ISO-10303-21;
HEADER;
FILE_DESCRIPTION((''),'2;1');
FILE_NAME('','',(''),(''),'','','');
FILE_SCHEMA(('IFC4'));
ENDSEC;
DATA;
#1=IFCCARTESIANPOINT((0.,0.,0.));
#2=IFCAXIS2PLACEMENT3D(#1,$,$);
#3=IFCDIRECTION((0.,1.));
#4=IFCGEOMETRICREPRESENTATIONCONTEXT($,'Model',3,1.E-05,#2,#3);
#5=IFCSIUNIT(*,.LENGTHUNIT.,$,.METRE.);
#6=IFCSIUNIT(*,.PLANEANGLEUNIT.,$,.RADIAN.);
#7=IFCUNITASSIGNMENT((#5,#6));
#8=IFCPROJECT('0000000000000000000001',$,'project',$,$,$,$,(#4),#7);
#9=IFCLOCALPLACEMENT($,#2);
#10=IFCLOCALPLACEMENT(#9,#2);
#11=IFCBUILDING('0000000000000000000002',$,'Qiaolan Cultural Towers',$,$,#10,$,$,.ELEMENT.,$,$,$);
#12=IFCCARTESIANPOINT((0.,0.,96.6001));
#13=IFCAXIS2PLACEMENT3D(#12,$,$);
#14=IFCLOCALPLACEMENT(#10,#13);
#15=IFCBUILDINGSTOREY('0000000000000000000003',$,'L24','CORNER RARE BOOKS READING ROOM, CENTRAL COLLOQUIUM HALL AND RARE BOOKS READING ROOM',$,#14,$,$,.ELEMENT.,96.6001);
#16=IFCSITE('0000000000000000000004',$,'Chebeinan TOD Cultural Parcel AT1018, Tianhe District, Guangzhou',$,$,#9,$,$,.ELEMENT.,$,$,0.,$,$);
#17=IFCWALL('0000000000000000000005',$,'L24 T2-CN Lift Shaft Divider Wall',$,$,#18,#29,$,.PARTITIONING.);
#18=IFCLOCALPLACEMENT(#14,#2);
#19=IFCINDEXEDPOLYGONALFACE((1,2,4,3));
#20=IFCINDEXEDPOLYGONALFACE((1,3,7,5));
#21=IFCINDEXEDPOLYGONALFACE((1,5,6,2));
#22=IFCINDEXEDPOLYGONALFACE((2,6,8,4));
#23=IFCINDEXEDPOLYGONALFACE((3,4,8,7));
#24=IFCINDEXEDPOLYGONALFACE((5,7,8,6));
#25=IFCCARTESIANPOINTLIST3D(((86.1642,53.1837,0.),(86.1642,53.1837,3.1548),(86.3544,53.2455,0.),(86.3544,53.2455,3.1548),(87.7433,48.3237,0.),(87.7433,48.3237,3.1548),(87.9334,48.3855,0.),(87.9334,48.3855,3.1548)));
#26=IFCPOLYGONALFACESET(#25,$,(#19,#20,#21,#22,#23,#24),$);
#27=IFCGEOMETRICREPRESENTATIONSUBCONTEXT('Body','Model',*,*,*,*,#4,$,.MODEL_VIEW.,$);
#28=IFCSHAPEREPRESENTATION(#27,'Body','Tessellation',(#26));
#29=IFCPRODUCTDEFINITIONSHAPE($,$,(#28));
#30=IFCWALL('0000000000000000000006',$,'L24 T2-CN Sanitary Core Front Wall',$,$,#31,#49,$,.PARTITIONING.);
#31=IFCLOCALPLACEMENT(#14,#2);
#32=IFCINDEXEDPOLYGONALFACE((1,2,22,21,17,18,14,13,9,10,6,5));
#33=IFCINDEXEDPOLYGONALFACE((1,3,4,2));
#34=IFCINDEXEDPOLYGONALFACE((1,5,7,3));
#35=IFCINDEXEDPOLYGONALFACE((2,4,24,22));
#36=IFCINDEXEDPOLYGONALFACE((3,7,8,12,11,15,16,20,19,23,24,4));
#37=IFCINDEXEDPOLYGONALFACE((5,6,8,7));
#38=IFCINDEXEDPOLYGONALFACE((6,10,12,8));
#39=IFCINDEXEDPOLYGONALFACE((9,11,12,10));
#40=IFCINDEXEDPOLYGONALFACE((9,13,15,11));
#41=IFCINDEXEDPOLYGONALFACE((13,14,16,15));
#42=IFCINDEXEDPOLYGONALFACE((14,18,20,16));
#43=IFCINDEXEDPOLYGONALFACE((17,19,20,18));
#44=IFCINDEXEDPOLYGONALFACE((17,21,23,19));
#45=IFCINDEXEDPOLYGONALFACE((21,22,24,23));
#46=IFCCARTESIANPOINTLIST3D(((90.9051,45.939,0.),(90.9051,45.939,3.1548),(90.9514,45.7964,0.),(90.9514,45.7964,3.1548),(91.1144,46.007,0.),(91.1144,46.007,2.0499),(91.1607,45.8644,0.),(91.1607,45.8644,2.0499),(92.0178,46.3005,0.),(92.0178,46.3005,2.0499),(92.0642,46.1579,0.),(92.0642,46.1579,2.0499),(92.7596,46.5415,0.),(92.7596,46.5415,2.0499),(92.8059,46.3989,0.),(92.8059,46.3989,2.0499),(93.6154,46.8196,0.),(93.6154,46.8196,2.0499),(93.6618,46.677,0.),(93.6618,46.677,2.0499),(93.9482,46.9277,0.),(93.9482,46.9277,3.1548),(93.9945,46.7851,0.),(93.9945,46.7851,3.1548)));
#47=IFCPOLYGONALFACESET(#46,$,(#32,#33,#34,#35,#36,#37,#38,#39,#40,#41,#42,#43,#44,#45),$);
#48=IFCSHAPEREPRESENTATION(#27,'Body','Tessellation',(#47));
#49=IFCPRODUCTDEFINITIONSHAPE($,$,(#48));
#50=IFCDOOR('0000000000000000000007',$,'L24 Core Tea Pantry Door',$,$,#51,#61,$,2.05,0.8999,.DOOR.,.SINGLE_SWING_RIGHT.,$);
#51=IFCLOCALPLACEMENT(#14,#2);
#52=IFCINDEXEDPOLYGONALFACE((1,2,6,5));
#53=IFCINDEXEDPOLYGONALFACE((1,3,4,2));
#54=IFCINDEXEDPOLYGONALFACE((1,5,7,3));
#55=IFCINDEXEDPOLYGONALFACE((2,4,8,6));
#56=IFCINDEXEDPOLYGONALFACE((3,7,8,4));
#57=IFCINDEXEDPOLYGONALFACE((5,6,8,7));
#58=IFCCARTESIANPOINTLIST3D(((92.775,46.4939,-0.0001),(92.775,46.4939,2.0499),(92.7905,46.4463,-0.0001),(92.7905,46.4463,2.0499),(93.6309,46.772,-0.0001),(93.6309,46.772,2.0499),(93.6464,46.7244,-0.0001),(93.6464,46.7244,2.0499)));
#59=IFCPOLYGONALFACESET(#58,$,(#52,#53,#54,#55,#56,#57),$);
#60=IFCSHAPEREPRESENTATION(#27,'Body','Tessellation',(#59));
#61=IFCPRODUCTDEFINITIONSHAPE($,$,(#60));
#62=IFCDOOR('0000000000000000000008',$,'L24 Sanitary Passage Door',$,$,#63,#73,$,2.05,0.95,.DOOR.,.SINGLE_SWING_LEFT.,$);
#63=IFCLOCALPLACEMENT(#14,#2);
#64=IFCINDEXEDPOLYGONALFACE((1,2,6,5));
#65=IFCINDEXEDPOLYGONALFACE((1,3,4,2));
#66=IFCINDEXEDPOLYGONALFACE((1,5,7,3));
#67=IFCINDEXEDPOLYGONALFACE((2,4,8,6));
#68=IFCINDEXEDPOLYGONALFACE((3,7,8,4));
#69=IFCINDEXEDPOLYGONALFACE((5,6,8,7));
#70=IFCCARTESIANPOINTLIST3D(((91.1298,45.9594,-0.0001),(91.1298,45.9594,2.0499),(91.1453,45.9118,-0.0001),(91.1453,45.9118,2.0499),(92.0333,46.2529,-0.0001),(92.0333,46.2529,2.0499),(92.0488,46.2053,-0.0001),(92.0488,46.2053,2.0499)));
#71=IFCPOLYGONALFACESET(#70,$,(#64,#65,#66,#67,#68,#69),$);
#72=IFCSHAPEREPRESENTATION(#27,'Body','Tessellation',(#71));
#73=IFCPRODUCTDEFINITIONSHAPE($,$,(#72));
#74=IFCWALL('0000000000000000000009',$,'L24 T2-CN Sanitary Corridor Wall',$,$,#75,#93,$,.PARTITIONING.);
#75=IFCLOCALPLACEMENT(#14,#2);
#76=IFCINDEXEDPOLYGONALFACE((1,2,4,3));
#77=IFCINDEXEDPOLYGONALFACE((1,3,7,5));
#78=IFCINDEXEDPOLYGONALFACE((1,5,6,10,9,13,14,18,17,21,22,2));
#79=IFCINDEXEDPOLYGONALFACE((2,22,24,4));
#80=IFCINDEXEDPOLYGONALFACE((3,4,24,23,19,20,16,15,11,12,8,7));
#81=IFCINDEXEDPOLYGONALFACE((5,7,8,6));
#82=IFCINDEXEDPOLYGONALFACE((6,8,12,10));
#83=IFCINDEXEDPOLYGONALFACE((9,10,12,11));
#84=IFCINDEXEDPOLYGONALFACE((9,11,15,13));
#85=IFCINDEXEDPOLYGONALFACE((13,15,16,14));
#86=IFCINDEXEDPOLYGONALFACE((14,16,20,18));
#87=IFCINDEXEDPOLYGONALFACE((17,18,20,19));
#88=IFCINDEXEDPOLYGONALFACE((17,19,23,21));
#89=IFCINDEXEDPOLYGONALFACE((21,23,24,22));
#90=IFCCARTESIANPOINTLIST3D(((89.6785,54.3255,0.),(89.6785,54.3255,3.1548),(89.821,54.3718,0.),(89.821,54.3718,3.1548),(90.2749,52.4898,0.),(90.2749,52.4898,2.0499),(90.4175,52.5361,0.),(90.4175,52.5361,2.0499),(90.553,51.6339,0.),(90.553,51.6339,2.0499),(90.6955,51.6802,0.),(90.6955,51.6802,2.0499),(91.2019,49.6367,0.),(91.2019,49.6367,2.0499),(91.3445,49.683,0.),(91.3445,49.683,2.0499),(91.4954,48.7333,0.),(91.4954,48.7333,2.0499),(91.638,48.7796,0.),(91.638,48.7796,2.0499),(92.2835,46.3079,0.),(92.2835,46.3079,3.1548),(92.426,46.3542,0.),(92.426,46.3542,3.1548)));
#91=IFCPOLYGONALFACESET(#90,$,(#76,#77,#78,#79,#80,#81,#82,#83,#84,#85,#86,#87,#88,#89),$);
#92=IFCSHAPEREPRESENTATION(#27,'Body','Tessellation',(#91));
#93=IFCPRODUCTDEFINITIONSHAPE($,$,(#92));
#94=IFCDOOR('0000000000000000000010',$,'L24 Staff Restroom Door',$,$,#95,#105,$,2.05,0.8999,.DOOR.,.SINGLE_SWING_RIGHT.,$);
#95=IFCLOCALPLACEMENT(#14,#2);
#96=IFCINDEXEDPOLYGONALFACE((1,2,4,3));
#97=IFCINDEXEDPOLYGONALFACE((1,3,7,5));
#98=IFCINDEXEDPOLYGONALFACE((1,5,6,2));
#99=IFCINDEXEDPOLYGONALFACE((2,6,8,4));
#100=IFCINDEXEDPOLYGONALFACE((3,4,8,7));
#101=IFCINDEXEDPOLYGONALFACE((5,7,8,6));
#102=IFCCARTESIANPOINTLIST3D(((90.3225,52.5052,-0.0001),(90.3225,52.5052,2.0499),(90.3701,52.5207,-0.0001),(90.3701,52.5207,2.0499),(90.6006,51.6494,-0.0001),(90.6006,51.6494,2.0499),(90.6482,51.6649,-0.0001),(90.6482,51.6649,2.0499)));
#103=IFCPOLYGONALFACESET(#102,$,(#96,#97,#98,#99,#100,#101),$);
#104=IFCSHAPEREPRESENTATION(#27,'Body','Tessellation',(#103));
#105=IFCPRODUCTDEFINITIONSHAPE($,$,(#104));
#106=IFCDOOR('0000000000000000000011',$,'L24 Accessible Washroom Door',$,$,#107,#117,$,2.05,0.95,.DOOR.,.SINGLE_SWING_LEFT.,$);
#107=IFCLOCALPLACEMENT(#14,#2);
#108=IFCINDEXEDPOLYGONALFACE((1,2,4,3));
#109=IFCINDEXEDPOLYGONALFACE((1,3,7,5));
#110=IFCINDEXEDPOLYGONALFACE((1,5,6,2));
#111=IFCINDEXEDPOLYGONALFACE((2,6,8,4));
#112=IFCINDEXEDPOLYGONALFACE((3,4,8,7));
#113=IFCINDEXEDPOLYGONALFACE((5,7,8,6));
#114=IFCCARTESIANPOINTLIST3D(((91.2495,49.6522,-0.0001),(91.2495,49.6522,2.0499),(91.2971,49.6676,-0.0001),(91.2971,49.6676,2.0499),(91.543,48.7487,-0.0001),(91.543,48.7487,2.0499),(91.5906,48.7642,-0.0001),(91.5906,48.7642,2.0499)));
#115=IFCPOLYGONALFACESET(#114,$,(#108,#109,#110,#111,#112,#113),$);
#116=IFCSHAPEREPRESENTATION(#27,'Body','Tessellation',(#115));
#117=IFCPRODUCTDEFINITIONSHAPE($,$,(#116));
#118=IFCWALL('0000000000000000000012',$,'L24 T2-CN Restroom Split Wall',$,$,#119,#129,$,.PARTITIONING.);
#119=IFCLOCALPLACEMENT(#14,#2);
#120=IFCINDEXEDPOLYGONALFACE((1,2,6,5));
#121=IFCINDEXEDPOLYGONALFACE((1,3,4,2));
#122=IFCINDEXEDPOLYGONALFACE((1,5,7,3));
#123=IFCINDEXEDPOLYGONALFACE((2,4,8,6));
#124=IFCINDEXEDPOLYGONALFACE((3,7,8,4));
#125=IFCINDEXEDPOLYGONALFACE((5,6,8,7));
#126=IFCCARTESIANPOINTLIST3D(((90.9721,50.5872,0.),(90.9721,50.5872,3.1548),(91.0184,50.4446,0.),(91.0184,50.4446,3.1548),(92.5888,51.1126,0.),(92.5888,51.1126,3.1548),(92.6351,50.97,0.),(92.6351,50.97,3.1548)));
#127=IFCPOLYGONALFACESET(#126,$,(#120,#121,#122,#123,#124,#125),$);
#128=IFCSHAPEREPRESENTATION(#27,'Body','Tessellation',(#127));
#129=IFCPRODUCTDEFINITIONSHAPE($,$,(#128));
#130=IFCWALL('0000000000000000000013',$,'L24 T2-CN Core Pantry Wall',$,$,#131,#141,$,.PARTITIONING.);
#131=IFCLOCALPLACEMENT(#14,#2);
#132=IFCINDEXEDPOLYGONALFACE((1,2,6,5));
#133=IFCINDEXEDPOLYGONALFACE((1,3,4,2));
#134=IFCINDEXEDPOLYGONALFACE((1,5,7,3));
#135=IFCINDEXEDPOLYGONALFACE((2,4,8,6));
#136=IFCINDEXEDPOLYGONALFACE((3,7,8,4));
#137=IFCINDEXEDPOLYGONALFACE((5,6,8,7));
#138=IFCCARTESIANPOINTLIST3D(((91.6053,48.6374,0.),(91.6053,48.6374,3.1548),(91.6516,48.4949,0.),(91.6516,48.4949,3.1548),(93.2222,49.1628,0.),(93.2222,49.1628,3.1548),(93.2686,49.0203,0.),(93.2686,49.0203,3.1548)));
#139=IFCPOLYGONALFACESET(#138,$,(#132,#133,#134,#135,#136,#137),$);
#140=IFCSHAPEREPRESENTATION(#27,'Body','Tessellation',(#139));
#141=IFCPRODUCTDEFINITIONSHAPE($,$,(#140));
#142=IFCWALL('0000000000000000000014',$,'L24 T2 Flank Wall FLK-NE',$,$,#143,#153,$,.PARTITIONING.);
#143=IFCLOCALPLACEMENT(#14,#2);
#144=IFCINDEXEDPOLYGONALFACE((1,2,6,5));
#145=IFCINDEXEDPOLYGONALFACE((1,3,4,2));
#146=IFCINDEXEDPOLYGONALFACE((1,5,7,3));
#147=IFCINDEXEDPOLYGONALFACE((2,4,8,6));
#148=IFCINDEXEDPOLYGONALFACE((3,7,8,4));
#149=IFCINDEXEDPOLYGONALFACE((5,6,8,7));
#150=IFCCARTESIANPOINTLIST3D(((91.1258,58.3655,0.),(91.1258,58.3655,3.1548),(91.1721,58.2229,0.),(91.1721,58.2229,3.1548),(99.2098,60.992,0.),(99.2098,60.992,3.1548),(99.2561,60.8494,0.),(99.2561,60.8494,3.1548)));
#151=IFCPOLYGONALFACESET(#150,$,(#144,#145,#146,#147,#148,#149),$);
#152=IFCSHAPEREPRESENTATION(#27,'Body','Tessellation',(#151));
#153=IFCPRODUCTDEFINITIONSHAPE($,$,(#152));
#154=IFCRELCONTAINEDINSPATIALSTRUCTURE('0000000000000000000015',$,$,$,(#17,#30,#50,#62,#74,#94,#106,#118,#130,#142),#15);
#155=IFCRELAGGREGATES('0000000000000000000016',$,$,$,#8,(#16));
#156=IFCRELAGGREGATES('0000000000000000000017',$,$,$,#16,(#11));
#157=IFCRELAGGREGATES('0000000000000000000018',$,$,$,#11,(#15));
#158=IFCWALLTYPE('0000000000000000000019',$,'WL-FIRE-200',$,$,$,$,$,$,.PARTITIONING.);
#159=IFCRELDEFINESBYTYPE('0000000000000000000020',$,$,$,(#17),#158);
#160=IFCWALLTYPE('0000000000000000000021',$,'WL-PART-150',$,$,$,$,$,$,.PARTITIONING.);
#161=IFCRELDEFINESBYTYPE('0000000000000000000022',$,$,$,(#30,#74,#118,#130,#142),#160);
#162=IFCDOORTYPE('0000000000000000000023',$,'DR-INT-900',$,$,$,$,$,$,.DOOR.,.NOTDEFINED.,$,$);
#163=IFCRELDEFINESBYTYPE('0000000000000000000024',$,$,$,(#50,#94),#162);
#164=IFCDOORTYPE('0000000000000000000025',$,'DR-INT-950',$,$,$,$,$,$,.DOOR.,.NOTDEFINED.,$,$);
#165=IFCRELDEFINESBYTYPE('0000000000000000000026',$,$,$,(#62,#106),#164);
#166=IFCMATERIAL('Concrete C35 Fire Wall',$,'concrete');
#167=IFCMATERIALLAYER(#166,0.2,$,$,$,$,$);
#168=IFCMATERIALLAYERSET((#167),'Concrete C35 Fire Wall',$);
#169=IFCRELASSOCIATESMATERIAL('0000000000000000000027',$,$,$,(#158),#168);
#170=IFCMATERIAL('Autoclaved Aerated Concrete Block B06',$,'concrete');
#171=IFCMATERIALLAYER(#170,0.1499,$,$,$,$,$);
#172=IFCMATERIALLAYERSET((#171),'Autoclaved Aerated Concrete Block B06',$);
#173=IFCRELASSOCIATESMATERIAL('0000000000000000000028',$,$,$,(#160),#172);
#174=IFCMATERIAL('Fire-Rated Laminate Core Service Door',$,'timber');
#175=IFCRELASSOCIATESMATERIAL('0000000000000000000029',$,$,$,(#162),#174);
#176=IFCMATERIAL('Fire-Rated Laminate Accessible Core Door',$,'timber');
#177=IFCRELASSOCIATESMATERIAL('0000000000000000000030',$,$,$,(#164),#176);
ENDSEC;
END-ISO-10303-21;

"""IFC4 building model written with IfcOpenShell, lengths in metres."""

from ifc_helpers import new_model, si_unit, direction, frame, frame_2d, origin, place, context, subcontext, project, spatial, rectangle, extrude, material, layer, layer_set, type_object, element, fill, save


model = new_model("IFC4")

# Units and contexts
model_context = context("Model", 3, precision=1e-05, world=origin(), true_north=direction((0.0, 1.0)))
body_context = subcontext(model_context, "Body", "Model", "MODEL_VIEW")
ifc_project = project(units=[si_unit("LENGTHUNIT", "METRE"), si_unit("PLANEANGLEUNIT", "RADIAN")], contexts=[model_context])

# Site, building, storey
site_placement = place(None, origin())
site = spatial("IfcSite", under=ifc_project, at=site_placement, Name="Chebeinan TOD Cultural Parcel AT1018, Tianhe District, Guangzhou", CompositionType="ELEMENT", RefElevation=0.0)
building_placement = place(site_placement, origin())
building = spatial("IfcBuilding", under=site, at=building_placement, Name="Qiaolan Cultural Towers", CompositionType="ELEMENT")
storey_placement = place(building_placement, frame((0.0, 0.0, 96.6001)))
storey = spatial("IfcBuildingStorey", under=building, at=storey_placement, Name="L24", Description="CORNER RARE BOOKS READING ROOM, CENTRAL COLLOQUIUM HALL AND RARE BOOKS READING ROOM", CompositionType="ELEMENT", Elevation=96.6001)

# Wall
ifc_material_1 = material(Name="Concrete C35 Fire Wall", Category="concrete")
ifc_layer_1 = layer(ifc_material_1, 0.2)
ifc_layer_set_1 = layer_set([ifc_layer_1], Name="Concrete C35 Fire Wall")
wall_type_1 = type_object("IfcWallType", Name="WL-FIRE-200", PredefinedType="PARTITIONING", material=ifc_layer_set_1)
wall_1_placement = place(storey_placement, frame((87.8384, 48.3545, 0.0), z_axis=(0.0, 0.0, 1.0), x_axis=(-0.309009, 0.951059, 0.0)))
element("IfcWall", 1, at=wall_1_placement, inside=storey, type_object=wall_type_1, Name="L24 T2-CN Lift Shaft Divider Wall", PredefinedType="PARTITIONING", context=body_context, shape_type="SweptSolid", body=[
    extrude(rectangle(XDim=5.1101, YDim=0.2, at=frame_2d((2.5552, 0.0))), origin(), (0.0, 0.0, 1.0), 3.1548),
])

# Walls, openings, doors
ifc_material_2 = material(Name="Autoclaved Aerated Concrete Block B06", Category="concrete")
ifc_layer_2 = layer(ifc_material_2, 0.1499)
ifc_layer_set_2 = layer_set([ifc_layer_2], Name="Autoclaved Aerated Concrete Block B06")
wall_type_2 = type_object("IfcWallType", Name="WL-PART-150", PredefinedType="PARTITIONING", material=ifc_layer_set_2)
wall_2_placement = place(storey_placement, frame((90.9282, 45.8677, 0.0), z_axis=(0.0, 0.0, 1.0), x_axis=(0.951059, 0.309008, 0.0)))
wall_2 = element("IfcWall", 2, at=wall_2_placement, inside=storey, type_object=wall_type_2, Name="L24 T2-CN Sanitary Core Front Wall", PredefinedType="PARTITIONING", context=body_context, shape_type="SweptSolid", body=[
    extrude(rectangle(XDim=3.1997, YDim=0.1499, at=frame_2d((1.5999, 0.0))), origin(), (0.0, 0.0, 1.0), 3.1548),
])
opening_1_placement = place(wall_2_placement, frame((0.22, 0.0, 0.0)))
opening_1 = element("IfcOpeningElement", 3, at=opening_1_placement, cuts=wall_2, PredefinedType="OPENING", context=body_context, shape_type="SweptSolid", body=[
    extrude(rectangle(XDim=0.95, YDim=2.05, at=frame_2d((0.4751, 1.0249))), frame((0.0, 0.085, 0.0), z_axis=(0.0, -1.0, 0.0), x_axis=(1.0, 0.0, 0.0)), (0.0, 0.0, 1.0), 0.1699),
])
opening_2_placement = place(wall_2_placement, frame((1.95, 0.0, 0.0)))
opening_2 = element("IfcOpeningElement", 4, at=opening_2_placement, cuts=wall_2, PredefinedType="OPENING", context=body_context, shape_type="SweptSolid", body=[
    extrude(rectangle(XDim=0.8999, YDim=2.05, at=frame_2d((0.45, 1.0249))), frame((0.0, 0.085, 0.0), z_axis=(0.0, -1.0, 0.0), x_axis=(1.0, 0.0, 0.0)), (0.0, 0.0, 1.0), 0.1699),
])
ifc_material_3 = material(Name="Fire-Rated Laminate Core Service Door", Category="timber")
door_type_1 = type_object("IfcDoorType", Name="DR-INT-900", OperationType="NOTDEFINED", PredefinedType="DOOR", material=ifc_material_3)
door_1_placement = place(opening_2_placement, origin())
door_1 = element("IfcDoor", 5, at=door_1_placement, inside=storey, type_object=door_type_1, Name="L24 Core Tea Pantry Door", OperationType="SINGLE_SWING_RIGHT", OverallHeight=2.05, OverallWidth=0.8999, PredefinedType="DOOR", context=body_context, shape_type="SweptSolid", body=[
    extrude(rectangle(XDim=0.8999, YDim=2.05, at=frame_2d((0.45, 1.0249))), frame((0.0, 0.0249, 0.0), z_axis=(0.0, -1.0, 0.0), x_axis=(1.0, 0.0, 0.0)), (0.0, 0.0, 1.0), 0.05),
])
fill(opening_2, door_1)
ifc_material_4 = material(Name="Fire-Rated Laminate Accessible Core Door", Category="timber")
door_type_2 = type_object("IfcDoorType", Name="DR-INT-950", OperationType="NOTDEFINED", PredefinedType="DOOR", material=ifc_material_4)
door_2_placement = place(opening_1_placement, origin())
door_2 = element("IfcDoor", 6, at=door_2_placement, inside=storey, type_object=door_type_2, Name="L24 Sanitary Passage Door", OperationType="SINGLE_SWING_LEFT", OverallHeight=2.05, OverallWidth=0.95, PredefinedType="DOOR", context=body_context, shape_type="SweptSolid", body=[
    extrude(rectangle(XDim=0.95, YDim=2.05, at=frame_2d((0.4751, 1.0249))), frame((0.0, 0.0249, 0.0), z_axis=(0.0, -1.0, 0.0), x_axis=(1.0, 0.0, 0.0)), (0.0, 0.0, 1.0), 0.05),
])
fill(opening_1, door_2)
wall_3_placement = place(storey_placement, frame((92.3547, 46.3311, 0.0), z_axis=(0.0, 0.0, 1.0), x_axis=(-0.309007, 0.95106, 0.0)))
wall_3 = element("IfcWall", 7, at=wall_3_placement, inside=storey, type_object=wall_type_2, Name="L24 T2-CN Sanitary Corridor Wall", PredefinedType="PARTITIONING", context=body_context, shape_type="SweptSolid", body=[
    extrude(rectangle(XDim=8.4302, YDim=0.1499, at=frame_2d((4.2151, 0.0))), origin(), (0.0, 0.0, 1.0), 3.1548),
])
opening_3_placement = place(wall_3_placement, frame((2.55, 0.0, 0.0)))
opening_3 = element("IfcOpeningElement", 8, at=opening_3_placement, cuts=wall_3, PredefinedType="OPENING", context=body_context, shape_type="SweptSolid", body=[
    extrude(rectangle(XDim=0.95, YDim=2.05, at=frame_2d((0.4751, 1.0249))), frame((0.0, 0.085, 0.0), z_axis=(0.0, -1.0, 0.0), x_axis=(1.0, 0.0, 0.0)), (0.0, 0.0, 1.0), 0.1699),
])
opening_4_placement = place(wall_3_placement, frame((5.6001, 0.0, 0.0)))
opening_4 = element("IfcOpeningElement", 9, at=opening_4_placement, cuts=wall_3, PredefinedType="OPENING", context=body_context, shape_type="SweptSolid", body=[
    extrude(rectangle(XDim=0.8999, YDim=2.05, at=frame_2d((0.45, 1.0249))), frame((0.0, 0.085, 0.0), z_axis=(0.0, -1.0, 0.0), x_axis=(1.0, 0.0, 0.0)), (0.0, 0.0, 1.0), 0.1699),
])
door_3_placement = place(opening_4_placement, origin())
door_3 = element("IfcDoor", 10, at=door_3_placement, inside=storey, type_object=door_type_1, Name="L24 Staff Restroom Door", OperationType="SINGLE_SWING_RIGHT", OverallHeight=2.05, OverallWidth=0.8999, PredefinedType="DOOR", context=body_context, shape_type="SweptSolid", body=[
    extrude(rectangle(XDim=0.8999, YDim=2.05, at=frame_2d((0.45, 1.0249))), frame((0.0, 0.0249, 0.0), z_axis=(0.0, -1.0, 0.0), x_axis=(1.0, 0.0, 0.0)), (0.0, 0.0, 1.0), 0.05),
])
fill(opening_4, door_3)
door_4_placement = place(opening_3_placement, origin())
door_4 = element("IfcDoor", 11, at=door_4_placement, inside=storey, type_object=door_type_2, Name="L24 Accessible Washroom Door", OperationType="SINGLE_SWING_LEFT", OverallHeight=2.05, OverallWidth=0.95, PredefinedType="DOOR", context=body_context, shape_type="SweptSolid", body=[
    extrude(rectangle(XDim=0.95, YDim=2.05, at=frame_2d((0.4751, 1.0249))), frame((0.0, 0.0249, 0.0), z_axis=(0.0, -1.0, 0.0), x_axis=(1.0, 0.0, 0.0)), (0.0, 0.0, 1.0), 0.05),
])
fill(opening_3, door_4)

# Walls
wall_4_placement = place(storey_placement, frame((90.9951, 50.5159, 0.0), z_axis=(0.0, 0.0, 1.0), x_axis=(0.95104, 0.309067, 0.0)))
element("IfcWall", 12, at=wall_4_placement, inside=storey, type_object=wall_type_2, Name="L24 T2-CN Restroom Split Wall", PredefinedType="PARTITIONING", context=body_context, shape_type="SweptSolid", body=[
    extrude(rectangle(XDim=1.7, YDim=0.1499, at=frame_2d((0.8501, 0.0))), origin(), (0.0, 0.0, 1.0), 3.1548),
])
wall_5_placement = place(storey_placement, frame((91.6284, 48.5662, 0.0), z_axis=(0.0, 0.0, 1.0), x_axis=(0.951054, 0.309024, 0.0)))
element("IfcWall", 13, at=wall_5_placement, inside=storey, type_object=wall_type_2, Name="L24 T2-CN Core Pantry Wall", PredefinedType="PARTITIONING", context=body_context, shape_type="SweptSolid", body=[
    extrude(rectangle(XDim=1.7002, YDim=0.1499, at=frame_2d((0.8501, 0.0))), origin(), (0.0, 0.0, 1.0), 3.1548),
])
wall_6_placement = place(storey_placement, frame((91.1489, 58.2942, 0.0), z_axis=(0.0, 0.0, 1.0), x_axis=(0.951063, 0.308998, 0.0)))
element("IfcWall", 14, at=wall_6_placement, inside=storey, type_object=wall_type_2, Name="L24 T2 Flank Wall FLK-NE", PredefinedType="PARTITIONING", context=body_context, shape_type="SweptSolid", body=[
    extrude(rectangle(XDim=8.5, YDim=0.1499, at=frame_2d((4.25, 0.0))), origin(), (0.0, 0.0, 1.0), 3.1548),
])

save(model, "model.ifc")
